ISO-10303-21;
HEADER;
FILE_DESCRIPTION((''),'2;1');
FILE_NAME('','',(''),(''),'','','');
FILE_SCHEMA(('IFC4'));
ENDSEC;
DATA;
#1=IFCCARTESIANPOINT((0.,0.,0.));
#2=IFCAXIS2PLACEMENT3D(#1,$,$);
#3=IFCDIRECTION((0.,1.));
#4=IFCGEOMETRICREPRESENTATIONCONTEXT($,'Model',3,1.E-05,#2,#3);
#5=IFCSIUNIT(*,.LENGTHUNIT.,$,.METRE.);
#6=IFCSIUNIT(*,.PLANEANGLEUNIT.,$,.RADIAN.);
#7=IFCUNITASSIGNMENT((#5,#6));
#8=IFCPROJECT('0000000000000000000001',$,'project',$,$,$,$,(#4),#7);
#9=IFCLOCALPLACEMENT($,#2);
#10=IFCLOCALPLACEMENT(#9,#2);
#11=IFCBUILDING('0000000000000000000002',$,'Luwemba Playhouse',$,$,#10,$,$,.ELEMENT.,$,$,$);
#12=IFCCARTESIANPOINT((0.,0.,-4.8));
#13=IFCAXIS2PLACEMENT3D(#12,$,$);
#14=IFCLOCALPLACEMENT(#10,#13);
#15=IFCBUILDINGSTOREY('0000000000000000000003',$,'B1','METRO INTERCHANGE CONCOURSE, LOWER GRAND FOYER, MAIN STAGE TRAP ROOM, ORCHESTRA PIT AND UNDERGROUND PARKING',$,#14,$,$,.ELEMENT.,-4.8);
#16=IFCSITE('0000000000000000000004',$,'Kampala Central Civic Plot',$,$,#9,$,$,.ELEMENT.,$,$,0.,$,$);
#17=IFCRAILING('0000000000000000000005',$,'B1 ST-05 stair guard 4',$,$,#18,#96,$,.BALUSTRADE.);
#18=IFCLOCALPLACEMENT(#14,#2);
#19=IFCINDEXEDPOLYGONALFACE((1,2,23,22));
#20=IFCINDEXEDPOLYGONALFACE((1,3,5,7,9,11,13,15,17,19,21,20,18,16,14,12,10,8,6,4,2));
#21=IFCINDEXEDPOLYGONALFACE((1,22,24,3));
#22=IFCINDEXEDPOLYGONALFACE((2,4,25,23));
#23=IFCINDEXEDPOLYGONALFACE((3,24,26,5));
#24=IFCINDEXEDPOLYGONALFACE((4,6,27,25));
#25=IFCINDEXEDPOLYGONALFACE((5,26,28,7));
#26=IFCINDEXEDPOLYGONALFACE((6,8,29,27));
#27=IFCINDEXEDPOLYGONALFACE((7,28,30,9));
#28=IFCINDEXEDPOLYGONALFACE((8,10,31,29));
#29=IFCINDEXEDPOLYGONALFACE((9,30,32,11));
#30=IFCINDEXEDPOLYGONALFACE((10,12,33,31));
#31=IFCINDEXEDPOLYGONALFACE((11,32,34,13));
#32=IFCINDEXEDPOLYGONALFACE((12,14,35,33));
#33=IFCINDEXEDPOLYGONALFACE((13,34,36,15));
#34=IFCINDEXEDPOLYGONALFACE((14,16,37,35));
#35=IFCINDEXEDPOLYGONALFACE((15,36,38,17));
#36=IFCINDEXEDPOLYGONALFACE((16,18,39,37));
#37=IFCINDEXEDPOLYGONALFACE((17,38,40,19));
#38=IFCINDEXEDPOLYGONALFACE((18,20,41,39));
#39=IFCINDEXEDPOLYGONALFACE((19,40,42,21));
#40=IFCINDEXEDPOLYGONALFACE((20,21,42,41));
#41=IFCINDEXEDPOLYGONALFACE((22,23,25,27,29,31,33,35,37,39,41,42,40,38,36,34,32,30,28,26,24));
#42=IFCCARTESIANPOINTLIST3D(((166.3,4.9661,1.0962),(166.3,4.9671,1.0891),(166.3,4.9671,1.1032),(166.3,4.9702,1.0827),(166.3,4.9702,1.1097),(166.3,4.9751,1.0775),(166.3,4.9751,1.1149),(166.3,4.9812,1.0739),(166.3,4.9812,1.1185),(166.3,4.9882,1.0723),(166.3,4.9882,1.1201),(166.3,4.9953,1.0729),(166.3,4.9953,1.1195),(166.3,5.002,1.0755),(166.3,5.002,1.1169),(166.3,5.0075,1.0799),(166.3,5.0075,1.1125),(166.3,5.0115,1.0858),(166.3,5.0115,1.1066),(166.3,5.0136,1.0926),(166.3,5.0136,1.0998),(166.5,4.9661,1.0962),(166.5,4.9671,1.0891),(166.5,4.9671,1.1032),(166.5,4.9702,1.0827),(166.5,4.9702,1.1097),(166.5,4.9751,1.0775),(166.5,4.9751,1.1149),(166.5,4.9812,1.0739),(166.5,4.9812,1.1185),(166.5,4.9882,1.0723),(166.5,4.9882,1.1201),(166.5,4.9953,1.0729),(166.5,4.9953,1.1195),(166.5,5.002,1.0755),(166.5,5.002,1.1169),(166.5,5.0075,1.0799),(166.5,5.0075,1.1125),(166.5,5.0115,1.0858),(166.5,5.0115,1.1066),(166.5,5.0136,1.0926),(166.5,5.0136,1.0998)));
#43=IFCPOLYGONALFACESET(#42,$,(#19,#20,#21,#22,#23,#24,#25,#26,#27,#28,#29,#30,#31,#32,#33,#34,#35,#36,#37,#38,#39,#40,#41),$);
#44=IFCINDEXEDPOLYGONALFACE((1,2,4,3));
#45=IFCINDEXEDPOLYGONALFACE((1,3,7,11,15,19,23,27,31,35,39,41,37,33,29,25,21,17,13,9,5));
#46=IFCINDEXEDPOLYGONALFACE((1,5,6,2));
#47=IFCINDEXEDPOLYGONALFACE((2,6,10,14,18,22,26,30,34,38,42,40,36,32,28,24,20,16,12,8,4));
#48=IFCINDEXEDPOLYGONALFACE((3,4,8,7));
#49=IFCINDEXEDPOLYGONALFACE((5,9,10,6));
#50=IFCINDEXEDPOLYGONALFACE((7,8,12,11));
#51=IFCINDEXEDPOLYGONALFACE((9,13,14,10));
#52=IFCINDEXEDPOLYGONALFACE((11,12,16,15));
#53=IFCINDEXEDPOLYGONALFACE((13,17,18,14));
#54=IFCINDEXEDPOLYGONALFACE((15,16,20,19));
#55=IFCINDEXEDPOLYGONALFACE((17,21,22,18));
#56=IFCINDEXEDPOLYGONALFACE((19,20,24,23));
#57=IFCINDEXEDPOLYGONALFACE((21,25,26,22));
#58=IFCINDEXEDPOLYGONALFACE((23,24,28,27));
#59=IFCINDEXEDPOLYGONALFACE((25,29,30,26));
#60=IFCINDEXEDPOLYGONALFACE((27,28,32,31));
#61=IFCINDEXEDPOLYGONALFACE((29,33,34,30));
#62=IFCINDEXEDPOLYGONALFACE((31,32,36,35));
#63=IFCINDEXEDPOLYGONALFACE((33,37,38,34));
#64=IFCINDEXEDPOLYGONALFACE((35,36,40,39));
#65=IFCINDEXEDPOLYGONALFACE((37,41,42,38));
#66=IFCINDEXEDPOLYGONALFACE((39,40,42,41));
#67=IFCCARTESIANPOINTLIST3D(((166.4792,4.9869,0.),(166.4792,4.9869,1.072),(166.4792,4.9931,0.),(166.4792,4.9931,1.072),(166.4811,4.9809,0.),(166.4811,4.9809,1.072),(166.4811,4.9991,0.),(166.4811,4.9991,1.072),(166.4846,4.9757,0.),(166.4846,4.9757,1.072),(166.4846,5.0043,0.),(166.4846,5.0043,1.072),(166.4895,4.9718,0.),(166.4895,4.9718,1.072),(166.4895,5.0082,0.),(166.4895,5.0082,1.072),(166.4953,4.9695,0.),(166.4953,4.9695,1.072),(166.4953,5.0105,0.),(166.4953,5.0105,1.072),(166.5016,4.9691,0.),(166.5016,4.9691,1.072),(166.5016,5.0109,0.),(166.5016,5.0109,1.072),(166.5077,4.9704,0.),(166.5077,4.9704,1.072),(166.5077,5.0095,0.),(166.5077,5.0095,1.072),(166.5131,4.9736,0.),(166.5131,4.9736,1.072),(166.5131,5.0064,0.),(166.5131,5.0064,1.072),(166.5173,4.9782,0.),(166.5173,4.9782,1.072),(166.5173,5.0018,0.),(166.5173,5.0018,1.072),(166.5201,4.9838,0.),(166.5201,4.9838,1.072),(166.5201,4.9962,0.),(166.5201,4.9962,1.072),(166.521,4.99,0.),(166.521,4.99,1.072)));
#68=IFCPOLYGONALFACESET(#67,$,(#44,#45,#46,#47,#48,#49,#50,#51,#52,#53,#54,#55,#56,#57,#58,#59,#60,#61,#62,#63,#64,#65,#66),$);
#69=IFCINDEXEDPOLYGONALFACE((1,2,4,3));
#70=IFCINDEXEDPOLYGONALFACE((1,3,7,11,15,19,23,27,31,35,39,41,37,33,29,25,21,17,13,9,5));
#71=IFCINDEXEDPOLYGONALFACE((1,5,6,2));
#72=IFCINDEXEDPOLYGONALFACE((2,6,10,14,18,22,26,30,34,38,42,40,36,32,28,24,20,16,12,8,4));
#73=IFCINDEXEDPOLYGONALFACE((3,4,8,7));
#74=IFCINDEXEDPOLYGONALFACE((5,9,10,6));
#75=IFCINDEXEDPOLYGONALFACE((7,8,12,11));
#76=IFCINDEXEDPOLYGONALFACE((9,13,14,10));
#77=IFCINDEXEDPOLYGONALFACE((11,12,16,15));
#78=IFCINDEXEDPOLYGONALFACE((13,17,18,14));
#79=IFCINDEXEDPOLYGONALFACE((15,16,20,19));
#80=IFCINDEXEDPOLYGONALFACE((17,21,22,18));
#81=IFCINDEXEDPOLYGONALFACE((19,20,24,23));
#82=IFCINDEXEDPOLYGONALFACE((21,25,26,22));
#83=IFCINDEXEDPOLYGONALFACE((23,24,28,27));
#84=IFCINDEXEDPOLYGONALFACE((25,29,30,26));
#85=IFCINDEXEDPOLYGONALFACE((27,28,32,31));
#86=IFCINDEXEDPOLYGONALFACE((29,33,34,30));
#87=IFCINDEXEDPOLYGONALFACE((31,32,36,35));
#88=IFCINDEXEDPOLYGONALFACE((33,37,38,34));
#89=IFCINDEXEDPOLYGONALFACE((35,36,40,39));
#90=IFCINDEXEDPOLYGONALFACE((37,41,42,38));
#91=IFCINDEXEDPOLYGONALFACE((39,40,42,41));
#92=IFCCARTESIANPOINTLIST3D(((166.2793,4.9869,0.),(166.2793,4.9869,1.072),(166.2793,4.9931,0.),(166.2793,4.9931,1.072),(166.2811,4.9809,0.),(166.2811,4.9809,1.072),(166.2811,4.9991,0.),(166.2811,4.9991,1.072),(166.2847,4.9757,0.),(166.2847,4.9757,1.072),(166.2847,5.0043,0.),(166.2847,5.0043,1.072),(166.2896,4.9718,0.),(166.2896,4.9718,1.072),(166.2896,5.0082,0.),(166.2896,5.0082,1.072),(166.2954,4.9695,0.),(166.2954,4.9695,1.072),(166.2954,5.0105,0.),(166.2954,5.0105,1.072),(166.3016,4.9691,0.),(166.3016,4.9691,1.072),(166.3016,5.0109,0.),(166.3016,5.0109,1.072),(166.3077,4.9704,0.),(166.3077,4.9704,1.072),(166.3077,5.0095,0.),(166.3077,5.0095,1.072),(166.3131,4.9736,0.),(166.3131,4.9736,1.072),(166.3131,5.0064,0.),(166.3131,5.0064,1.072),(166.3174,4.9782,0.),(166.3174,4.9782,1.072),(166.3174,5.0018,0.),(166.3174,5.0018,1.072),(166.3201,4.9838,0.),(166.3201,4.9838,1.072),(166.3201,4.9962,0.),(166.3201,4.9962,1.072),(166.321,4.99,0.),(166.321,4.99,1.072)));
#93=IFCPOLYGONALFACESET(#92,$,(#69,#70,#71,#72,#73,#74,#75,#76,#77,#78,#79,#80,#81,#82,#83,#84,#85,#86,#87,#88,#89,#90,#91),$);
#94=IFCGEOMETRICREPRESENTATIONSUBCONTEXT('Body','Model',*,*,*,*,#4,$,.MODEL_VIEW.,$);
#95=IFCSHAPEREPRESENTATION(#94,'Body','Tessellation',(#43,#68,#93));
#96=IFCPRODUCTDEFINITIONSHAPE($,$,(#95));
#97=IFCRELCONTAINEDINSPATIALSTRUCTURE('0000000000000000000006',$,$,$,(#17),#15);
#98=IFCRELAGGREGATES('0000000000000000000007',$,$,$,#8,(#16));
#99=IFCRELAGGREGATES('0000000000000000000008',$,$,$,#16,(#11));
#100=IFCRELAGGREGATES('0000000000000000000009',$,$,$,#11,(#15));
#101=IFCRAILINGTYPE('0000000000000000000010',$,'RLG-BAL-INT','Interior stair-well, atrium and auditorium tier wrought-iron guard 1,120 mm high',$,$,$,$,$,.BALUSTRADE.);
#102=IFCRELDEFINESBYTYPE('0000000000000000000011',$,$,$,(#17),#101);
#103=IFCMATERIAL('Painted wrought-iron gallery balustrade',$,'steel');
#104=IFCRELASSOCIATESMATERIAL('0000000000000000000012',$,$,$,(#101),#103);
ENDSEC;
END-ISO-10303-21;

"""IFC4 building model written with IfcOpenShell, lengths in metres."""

from ifc_helpers import new_model, si_unit, direction, frame, origin, origin_2d, place, context, subcontext, project, spatial, circle, extrude, material, type_object, element, save


model = new_model("IFC4")

# Units and contexts
model_context = context("Model", 3, precision=1e-05, world=origin(), true_north=direction((0.0, 1.0)))
body_context = subcontext(model_context, "Body", "Model", "MODEL_VIEW")
ifc_project = project(units=[si_unit("LENGTHUNIT", "METRE"), si_unit("PLANEANGLEUNIT", "RADIAN")], contexts=[model_context])

# Site, building, storey
site_placement = place(None, origin())
site = spatial("IfcSite", under=ifc_project, at=site_placement, Name="Kampala Central Civic Plot", CompositionType="ELEMENT", RefElevation=0.0)
building_placement = place(site_placement, origin())
building = spatial("IfcBuilding", under=site, at=building_placement, Name="Luwemba Playhouse", CompositionType="ELEMENT")
storey_placement = place(building_placement, frame((0.0, 0.0, -4.8)))
storey = spatial("IfcBuildingStorey", under=building, at=storey_placement, Name="B1", Description="METRO INTERCHANGE CONCOURSE, LOWER GRAND FOYER, MAIN STAGE TRAP ROOM, ORCHESTRA PIT AND UNDERGROUND PARKING", CompositionType="ELEMENT", Elevation=-4.8)

# Railing
ifc_material_1 = material(Name="Painted wrought-iron gallery balustrade", Category="steel")
railing_type_1 = type_object("IfcRailingType", Name="RLG-BAL-INT", Description="Interior stair-well, atrium and auditorium tier wrought-iron guard 1,120 mm high", PredefinedType="BALUSTRADE", material=ifc_material_1)
railing_1_placement = place(storey_placement, frame((166.5, 4.99, 0.0)))
element("IfcRailing", 1, at=railing_1_placement, inside=storey, type_object=railing_type_1, Name="B1 ST-05 stair guard 4", PredefinedType="BALUSTRADE", context=body_context, shape_type="SweptSolid", body=[
    extrude(circle(Radius=0.0239, at=origin_2d()), frame((0.0, 0.0, 1.0962), z_axis=(-1.0, 0.0, 0.0), x_axis=(0.0, -1.0, 0.0)), (0.0, 0.0, 1.0), 0.2),
    extrude(circle(Radius=0.021, at=origin_2d()), origin(), (0.0, 0.0, 1.0), 1.072),
    extrude(circle(Radius=0.021, at=origin_2d()), frame((-0.2, 0.0, 0.0)), (0.0, 0.0, 1.0), 1.072),
])

save(model, "model.ifc")
